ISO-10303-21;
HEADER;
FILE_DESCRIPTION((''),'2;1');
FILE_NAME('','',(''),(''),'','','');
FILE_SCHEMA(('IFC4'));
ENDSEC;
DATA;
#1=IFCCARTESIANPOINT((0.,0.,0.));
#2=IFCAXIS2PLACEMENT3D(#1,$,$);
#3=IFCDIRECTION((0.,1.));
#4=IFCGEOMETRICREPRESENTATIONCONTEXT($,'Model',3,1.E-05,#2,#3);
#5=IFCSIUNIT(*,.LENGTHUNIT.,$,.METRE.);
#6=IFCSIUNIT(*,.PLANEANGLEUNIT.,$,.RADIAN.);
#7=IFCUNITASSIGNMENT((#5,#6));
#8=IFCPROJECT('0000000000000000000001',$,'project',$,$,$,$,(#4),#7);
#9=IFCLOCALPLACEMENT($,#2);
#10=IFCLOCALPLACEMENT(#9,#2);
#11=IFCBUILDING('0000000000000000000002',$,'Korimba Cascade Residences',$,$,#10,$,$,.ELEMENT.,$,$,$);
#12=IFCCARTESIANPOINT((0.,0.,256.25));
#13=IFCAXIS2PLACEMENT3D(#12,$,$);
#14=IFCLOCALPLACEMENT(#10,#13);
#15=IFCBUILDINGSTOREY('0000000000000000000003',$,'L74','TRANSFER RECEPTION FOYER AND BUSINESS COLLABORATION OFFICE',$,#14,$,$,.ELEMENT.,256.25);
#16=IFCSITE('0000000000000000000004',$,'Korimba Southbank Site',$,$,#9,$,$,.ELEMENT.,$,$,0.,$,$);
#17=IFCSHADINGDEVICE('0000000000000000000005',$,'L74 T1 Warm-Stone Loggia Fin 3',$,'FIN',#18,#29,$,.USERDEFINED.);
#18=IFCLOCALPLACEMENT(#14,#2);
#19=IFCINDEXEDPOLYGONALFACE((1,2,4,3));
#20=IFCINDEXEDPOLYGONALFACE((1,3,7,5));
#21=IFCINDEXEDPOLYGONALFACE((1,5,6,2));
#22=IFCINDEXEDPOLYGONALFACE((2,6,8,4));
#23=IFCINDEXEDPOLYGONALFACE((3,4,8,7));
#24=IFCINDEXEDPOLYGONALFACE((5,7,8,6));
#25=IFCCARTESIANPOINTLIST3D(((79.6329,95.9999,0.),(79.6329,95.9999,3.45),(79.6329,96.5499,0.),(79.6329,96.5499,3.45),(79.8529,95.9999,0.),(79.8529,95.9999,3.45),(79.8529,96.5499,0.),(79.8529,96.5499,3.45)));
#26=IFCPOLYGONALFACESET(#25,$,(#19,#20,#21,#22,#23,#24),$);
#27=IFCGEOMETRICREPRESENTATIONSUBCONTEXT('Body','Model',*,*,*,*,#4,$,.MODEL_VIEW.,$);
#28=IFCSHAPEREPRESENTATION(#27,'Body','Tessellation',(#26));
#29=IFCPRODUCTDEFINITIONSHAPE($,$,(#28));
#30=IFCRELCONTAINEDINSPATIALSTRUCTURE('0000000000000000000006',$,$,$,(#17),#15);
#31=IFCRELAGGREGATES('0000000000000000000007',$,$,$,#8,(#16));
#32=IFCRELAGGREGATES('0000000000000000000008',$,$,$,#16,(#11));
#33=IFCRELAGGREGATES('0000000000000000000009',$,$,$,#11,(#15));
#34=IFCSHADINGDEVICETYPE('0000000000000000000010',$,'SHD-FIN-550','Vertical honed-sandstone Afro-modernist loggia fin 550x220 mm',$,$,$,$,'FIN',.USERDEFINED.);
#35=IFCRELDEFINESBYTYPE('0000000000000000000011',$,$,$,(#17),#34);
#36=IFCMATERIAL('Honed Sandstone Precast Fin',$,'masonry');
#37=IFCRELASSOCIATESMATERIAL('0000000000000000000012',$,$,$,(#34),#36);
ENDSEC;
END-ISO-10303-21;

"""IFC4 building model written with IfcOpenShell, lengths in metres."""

from ifc_helpers import new_model, si_unit, direction, frame, origin, origin_2d, place, context, subcontext, project, spatial, rectangle, extrude, material, type_object, element, save


model = new_model("IFC4")

# Units and contexts
model_context = context("Model", 3, precision=1e-05, world=origin(), true_north=direction((0.0, 1.0)))
body_context = subcontext(model_context, "Body", "Model", "MODEL_VIEW")
ifc_project = project(units=[si_unit("LENGTHUNIT", "METRE"), si_unit("PLANEANGLEUNIT", "RADIAN")], contexts=[model_context])

# Site, building, storey
site_placement = place(None, origin())
site = spatial("IfcSite", under=ifc_project, at=site_placement, Name="Korimba Southbank Site", CompositionType="ELEMENT", RefElevation=0.0)
building_placement = place(site_placement, origin())
building = spatial("IfcBuilding", under=site, at=building_placement, Name="Korimba Cascade Residences", CompositionType="ELEMENT")
storey_placement = place(building_placement, frame((0.0, 0.0, 256.25)))
storey = spatial("IfcBuildingStorey", under=building, at=storey_placement, Name="L74", Description="TRANSFER RECEPTION FOYER AND BUSINESS COLLABORATION OFFICE", CompositionType="ELEMENT", Elevation=256.25)

# Shading device
ifc_material_1 = material(Name="Honed Sandstone Precast Fin", Category="masonry")
shading_device_type = type_object("IfcShadingDeviceType", Name="SHD-FIN-550", Description="Vertical honed-sandstone Afro-modernist loggia fin 550x220 mm", ElementType="FIN", PredefinedType="USERDEFINED", material=ifc_material_1)
for number, where, z_axis, x_axis, name in (
    (1, (79.7429, 96.2749, 0.0), (0.0, 0.0, 1.0), (1.0, 0.0, 0.0), "L74 T1 Warm-Stone Loggia Fin 3"),
):
    element("IfcShadingDevice", number, at=place(storey_placement, frame(where, z_axis=z_axis, x_axis=x_axis)), inside=storey, type_object=shading_device_type, Name=name, ObjectType="FIN", PredefinedType="USERDEFINED", context=body_context, shape_type="SweptSolid", body=[
        extrude(rectangle(XDim=0.22, YDim=0.55, at=origin_2d()), origin(), (0.0, 0.0, 1.0), 3.45),
    ])

save(model, "model.ifc")
